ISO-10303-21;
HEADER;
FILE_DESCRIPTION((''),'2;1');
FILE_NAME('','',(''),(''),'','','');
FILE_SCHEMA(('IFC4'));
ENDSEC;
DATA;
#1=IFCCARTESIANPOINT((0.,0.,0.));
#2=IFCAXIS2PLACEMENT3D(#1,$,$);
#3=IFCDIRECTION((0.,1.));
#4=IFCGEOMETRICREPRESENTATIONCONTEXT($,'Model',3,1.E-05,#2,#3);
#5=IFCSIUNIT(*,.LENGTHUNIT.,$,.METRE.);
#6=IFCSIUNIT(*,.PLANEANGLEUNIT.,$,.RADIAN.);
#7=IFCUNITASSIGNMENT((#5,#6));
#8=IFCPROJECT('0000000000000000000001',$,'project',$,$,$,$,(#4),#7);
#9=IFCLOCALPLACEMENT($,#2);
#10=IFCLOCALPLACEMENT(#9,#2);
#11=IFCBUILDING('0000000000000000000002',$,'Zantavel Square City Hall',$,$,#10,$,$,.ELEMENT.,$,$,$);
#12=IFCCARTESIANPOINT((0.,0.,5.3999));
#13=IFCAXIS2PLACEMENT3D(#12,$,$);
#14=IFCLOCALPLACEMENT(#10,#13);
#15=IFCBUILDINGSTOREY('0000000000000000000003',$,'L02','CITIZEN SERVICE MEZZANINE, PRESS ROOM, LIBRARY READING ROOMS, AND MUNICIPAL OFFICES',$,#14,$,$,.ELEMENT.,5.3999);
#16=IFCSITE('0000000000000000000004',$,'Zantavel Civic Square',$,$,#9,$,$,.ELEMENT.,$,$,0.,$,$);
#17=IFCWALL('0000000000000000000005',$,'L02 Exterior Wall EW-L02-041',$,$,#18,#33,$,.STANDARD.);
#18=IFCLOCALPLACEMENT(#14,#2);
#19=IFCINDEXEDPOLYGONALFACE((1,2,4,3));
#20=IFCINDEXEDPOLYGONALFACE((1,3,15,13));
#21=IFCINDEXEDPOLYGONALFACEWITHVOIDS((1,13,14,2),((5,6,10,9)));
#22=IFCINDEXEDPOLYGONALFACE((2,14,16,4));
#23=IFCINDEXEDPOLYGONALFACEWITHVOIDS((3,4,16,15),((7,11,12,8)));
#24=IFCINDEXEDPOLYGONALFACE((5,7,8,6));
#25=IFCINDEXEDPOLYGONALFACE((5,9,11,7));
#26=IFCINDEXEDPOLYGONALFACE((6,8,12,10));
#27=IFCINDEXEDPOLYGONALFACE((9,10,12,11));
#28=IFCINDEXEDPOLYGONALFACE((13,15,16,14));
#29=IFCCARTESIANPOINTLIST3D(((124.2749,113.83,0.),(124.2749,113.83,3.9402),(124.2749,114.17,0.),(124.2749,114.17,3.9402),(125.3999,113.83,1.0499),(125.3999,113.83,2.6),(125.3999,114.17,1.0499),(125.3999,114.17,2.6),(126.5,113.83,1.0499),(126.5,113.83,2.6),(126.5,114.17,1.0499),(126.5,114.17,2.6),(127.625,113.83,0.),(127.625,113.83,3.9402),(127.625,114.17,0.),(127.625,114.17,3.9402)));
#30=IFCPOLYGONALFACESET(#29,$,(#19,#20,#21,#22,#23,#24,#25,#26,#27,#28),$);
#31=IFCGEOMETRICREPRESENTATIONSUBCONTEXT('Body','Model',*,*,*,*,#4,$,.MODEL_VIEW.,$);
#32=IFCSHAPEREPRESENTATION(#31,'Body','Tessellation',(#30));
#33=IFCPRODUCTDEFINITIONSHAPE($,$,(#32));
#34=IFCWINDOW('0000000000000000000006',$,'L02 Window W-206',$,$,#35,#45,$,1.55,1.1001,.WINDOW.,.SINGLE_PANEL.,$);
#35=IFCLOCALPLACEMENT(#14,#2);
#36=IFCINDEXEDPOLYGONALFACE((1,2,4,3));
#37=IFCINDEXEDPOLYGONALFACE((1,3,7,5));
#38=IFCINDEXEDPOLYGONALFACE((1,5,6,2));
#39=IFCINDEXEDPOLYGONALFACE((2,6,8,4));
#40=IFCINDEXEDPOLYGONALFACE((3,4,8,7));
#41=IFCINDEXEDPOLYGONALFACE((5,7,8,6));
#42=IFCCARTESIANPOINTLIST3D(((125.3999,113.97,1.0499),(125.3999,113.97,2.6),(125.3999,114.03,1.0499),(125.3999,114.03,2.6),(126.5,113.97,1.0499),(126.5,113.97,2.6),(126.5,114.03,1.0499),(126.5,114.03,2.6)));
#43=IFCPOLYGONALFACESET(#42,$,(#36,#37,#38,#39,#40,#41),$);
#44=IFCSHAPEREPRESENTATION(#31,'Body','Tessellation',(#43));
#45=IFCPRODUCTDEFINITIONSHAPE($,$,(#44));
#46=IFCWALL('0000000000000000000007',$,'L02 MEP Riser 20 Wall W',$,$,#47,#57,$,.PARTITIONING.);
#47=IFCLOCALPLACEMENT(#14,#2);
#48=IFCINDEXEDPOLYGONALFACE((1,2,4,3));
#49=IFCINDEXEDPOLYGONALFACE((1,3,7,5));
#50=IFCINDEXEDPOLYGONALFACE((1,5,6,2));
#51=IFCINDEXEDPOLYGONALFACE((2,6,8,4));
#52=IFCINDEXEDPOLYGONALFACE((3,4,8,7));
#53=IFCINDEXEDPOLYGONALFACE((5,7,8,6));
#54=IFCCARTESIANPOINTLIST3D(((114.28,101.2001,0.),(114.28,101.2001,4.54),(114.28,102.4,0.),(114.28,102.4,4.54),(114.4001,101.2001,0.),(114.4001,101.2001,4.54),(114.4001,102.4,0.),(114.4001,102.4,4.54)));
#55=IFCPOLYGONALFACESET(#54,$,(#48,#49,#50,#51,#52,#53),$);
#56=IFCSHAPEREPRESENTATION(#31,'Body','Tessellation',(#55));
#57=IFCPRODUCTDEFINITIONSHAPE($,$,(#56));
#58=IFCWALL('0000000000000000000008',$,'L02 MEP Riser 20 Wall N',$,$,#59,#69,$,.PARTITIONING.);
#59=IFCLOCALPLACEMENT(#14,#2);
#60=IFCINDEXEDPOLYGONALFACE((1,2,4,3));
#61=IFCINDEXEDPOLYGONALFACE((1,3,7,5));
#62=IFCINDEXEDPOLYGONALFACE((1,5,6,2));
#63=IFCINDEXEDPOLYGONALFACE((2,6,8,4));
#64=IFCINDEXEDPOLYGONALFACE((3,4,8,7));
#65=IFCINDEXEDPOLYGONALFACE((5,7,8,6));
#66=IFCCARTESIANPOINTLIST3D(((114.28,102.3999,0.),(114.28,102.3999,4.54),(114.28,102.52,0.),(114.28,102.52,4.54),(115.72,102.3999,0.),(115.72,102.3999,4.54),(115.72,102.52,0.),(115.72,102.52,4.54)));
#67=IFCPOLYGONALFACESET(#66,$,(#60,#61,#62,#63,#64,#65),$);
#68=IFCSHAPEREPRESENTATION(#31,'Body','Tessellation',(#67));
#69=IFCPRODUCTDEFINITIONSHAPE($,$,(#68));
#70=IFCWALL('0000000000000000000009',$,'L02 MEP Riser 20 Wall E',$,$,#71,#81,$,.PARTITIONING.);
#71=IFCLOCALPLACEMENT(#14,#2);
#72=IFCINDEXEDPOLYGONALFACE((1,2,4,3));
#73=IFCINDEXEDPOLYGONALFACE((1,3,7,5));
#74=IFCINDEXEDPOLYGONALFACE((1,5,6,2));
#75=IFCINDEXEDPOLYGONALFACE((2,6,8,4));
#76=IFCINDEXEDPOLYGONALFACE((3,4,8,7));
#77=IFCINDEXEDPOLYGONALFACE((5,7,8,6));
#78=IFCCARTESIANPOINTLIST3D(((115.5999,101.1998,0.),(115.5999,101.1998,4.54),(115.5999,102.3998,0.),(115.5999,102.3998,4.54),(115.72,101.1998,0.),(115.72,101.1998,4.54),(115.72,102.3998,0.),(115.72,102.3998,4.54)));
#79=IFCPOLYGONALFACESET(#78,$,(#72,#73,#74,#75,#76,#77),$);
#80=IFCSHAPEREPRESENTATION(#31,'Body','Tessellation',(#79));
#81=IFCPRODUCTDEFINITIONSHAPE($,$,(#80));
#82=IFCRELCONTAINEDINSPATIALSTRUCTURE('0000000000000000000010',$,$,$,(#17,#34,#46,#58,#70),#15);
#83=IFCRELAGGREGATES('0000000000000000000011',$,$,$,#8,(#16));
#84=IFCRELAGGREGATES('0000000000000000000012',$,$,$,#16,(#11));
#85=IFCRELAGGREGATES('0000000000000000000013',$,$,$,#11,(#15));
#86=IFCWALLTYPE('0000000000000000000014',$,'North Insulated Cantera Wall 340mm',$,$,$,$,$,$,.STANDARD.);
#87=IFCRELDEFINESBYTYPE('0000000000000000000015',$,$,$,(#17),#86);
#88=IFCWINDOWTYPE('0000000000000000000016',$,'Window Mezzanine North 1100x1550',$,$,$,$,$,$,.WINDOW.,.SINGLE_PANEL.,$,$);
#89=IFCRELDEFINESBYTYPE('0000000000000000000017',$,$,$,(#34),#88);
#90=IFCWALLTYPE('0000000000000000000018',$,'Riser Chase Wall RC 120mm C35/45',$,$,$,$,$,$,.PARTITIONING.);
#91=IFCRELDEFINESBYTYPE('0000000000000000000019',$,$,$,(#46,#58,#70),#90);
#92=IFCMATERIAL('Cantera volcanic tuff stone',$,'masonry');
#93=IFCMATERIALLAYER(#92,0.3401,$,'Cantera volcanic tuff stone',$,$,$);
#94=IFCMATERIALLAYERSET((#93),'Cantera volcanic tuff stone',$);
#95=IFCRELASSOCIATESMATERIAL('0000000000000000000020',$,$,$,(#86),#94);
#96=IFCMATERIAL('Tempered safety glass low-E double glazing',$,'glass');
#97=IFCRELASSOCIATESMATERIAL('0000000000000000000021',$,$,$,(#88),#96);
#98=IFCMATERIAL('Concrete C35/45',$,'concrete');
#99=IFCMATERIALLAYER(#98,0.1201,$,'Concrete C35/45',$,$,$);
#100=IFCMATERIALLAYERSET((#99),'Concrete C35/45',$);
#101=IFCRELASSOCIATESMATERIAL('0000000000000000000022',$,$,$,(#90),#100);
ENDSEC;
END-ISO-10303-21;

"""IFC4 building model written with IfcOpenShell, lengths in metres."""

from ifc_helpers import new_model, si_unit, direction, frame, frame_2d, origin, place, context, subcontext, project, spatial, rectangle, extrude, material, layer, layer_set, type_object, element, fill, save


model = new_model("IFC4")

# Units and contexts
model_context = context("Model", 3, precision=1e-05, world=origin(), true_north=direction((0.0, 1.0)))
body_context = subcontext(model_context, "Body", "Model", "MODEL_VIEW")
ifc_project = project(units=[si_unit("LENGTHUNIT", "METRE"), si_unit("PLANEANGLEUNIT", "RADIAN")], contexts=[model_context])

# Site, building, storey
site_placement = place(None, origin())
site = spatial("IfcSite", under=ifc_project, at=site_placement, Name="Zantavel Civic Square", CompositionType="ELEMENT", RefElevation=0.0)
building_placement = place(site_placement, origin())
building = spatial("IfcBuilding", under=site, at=building_placement, Name="Zantavel Square City Hall", CompositionType="ELEMENT")
storey_placement = place(building_placement, frame((0.0, 0.0, 5.3999)))
storey = spatial("IfcBuildingStorey", under=building, at=storey_placement, Name="L02", Description="CITIZEN SERVICE MEZZANINE, PRESS ROOM, LIBRARY READING ROOMS, AND MUNICIPAL OFFICES", CompositionType="ELEMENT", Elevation=5.3999)

# Shared definitions
ifc_material_1 = material(Name="Concrete C35/45", Category="concrete")

# Shared definitions
ifc_material_2 = material(Name="Cantera volcanic tuff stone", Category="masonry")
ifc_material_3 = material(Name="Tempered safety glass low-E double glazing", Category="glass")

# Wall, opening, window
ifc_layer_1 = layer(ifc_material_2, 0.3401, Name="Cantera volcanic tuff stone")
ifc_layer_set_1 = layer_set([ifc_layer_1], Name="Cantera volcanic tuff stone")
wall_type_1 = type_object("IfcWallType", Name="North Insulated Cantera Wall 340mm", PredefinedType="STANDARD", material=ifc_layer_set_1)
window_type_1 = type_object("IfcWindowType", Name="Window Mezzanine North 1100x1550", PartitioningType="SINGLE_PANEL", PredefinedType="WINDOW", material=ifc_material_3)
wall_1_placement = place(storey_placement, frame((124.2749, 114.0, 0.0), z_axis=(0.0, 0.0, 1.0), x_axis=(1.0, 0.0, 0.0)))
wall_1 = element("IfcWall", 1, at=wall_1_placement, inside=storey, type_object=wall_type_1, Name="L02 Exterior Wall EW-L02-041", PredefinedType="STANDARD", context=body_context, shape_type="SweptSolid", body=[
    extrude(rectangle(XDim=3.3501, YDim=0.3401, at=frame_2d((1.675, 0.0))), origin(), (0.0, 0.0, 1.0), 3.9402),
])
opening_1_placement = place(wall_1_placement, frame((1.125, 0.0, 1.05)))
opening_1 = element("IfcOpeningElement", 2, at=opening_1_placement, cuts=wall_1, PredefinedType="OPENING", context=body_context, shape_type="SweptSolid", body=[
    extrude(rectangle(XDim=1.1001, YDim=1.55, at=frame_2d((0.55, 0.7749))), frame((0.0, 0.1799, 0.0), z_axis=(0.0, -1.0, 0.0), x_axis=(1.0, 0.0, 0.0)), (0.0, 0.0, 1.0), 0.3601),
])
window_1_placement = place(opening_1_placement, origin())
window_1 = element("IfcWindow", 3, at=window_1_placement, inside=storey, type_object=window_type_1, Name="L02 Window W-206", OverallHeight=1.55, OverallWidth=1.1001, PartitioningType="SINGLE_PANEL", PredefinedType="WINDOW", context=body_context, shape_type="SweptSolid", body=[
    extrude(rectangle(XDim=1.1001, YDim=1.55, at=frame_2d((0.55, 0.7749))), frame((0.0, 0.03, 0.0), z_axis=(0.0, -1.0, 0.0), x_axis=(1.0, 0.0, 0.0)), (0.0, 0.0, 1.0), 0.0601),
])
fill(opening_1, window_1)

# Walls
ifc_layer_2 = layer(ifc_material_1, 0.1201, Name="Concrete C35/45")
ifc_layer_set_2 = layer_set([ifc_layer_2], Name="Concrete C35/45")
wall_type_2 = type_object("IfcWallType", Name="Riser Chase Wall RC 120mm C35/45", PredefinedType="PARTITIONING", material=ifc_layer_set_2)
wall_2_placement = place(storey_placement, frame((114.3401, 101.2, 0.0), z_axis=(0.0, 0.0, 1.0), x_axis=(0.0, 1.0, 0.0)))
element("IfcWall", 4, at=wall_2_placement, inside=storey, type_object=wall_type_2, Name="L02 MEP Riser 20 Wall W", PredefinedType="PARTITIONING", context=body_context, shape_type="SweptSolid", body=[
    extrude(rectangle(XDim=1.2, YDim=0.1201, at=frame_2d((0.6001, 0.0))), origin(), (0.0, 0.0, 1.0), 4.54),
])
wall_3_placement = place(storey_placement, frame((114.28, 102.46, 0.0), z_axis=(0.0, 0.0, 1.0), x_axis=(1.0, 0.0, 0.0)))
element("IfcWall", 5, at=wall_3_placement, inside=storey, type_object=wall_type_2, Name="L02 MEP Riser 20 Wall N", PredefinedType="PARTITIONING", context=body_context, shape_type="SweptSolid", body=[
    extrude(rectangle(XDim=1.4399, YDim=0.1201, at=frame_2d((0.72, 0.0))), origin(), (0.0, 0.0, 1.0), 4.54),
])
wall_4_placement = place(storey_placement, frame((115.6599, 102.3999, 0.0), z_axis=(0.0, 0.0, 1.0), x_axis=(0.0, -1.0, 0.0)))
element("IfcWall", 6, at=wall_4_placement, inside=storey, type_object=wall_type_2, Name="L02 MEP Riser 20 Wall E", PredefinedType="PARTITIONING", context=body_context, shape_type="SweptSolid", body=[
    extrude(rectangle(XDim=1.2, YDim=0.1201, at=frame_2d((0.6001, 0.0))), origin(), (0.0, 0.0, 1.0), 4.54),
])

save(model, "model.ifc")
